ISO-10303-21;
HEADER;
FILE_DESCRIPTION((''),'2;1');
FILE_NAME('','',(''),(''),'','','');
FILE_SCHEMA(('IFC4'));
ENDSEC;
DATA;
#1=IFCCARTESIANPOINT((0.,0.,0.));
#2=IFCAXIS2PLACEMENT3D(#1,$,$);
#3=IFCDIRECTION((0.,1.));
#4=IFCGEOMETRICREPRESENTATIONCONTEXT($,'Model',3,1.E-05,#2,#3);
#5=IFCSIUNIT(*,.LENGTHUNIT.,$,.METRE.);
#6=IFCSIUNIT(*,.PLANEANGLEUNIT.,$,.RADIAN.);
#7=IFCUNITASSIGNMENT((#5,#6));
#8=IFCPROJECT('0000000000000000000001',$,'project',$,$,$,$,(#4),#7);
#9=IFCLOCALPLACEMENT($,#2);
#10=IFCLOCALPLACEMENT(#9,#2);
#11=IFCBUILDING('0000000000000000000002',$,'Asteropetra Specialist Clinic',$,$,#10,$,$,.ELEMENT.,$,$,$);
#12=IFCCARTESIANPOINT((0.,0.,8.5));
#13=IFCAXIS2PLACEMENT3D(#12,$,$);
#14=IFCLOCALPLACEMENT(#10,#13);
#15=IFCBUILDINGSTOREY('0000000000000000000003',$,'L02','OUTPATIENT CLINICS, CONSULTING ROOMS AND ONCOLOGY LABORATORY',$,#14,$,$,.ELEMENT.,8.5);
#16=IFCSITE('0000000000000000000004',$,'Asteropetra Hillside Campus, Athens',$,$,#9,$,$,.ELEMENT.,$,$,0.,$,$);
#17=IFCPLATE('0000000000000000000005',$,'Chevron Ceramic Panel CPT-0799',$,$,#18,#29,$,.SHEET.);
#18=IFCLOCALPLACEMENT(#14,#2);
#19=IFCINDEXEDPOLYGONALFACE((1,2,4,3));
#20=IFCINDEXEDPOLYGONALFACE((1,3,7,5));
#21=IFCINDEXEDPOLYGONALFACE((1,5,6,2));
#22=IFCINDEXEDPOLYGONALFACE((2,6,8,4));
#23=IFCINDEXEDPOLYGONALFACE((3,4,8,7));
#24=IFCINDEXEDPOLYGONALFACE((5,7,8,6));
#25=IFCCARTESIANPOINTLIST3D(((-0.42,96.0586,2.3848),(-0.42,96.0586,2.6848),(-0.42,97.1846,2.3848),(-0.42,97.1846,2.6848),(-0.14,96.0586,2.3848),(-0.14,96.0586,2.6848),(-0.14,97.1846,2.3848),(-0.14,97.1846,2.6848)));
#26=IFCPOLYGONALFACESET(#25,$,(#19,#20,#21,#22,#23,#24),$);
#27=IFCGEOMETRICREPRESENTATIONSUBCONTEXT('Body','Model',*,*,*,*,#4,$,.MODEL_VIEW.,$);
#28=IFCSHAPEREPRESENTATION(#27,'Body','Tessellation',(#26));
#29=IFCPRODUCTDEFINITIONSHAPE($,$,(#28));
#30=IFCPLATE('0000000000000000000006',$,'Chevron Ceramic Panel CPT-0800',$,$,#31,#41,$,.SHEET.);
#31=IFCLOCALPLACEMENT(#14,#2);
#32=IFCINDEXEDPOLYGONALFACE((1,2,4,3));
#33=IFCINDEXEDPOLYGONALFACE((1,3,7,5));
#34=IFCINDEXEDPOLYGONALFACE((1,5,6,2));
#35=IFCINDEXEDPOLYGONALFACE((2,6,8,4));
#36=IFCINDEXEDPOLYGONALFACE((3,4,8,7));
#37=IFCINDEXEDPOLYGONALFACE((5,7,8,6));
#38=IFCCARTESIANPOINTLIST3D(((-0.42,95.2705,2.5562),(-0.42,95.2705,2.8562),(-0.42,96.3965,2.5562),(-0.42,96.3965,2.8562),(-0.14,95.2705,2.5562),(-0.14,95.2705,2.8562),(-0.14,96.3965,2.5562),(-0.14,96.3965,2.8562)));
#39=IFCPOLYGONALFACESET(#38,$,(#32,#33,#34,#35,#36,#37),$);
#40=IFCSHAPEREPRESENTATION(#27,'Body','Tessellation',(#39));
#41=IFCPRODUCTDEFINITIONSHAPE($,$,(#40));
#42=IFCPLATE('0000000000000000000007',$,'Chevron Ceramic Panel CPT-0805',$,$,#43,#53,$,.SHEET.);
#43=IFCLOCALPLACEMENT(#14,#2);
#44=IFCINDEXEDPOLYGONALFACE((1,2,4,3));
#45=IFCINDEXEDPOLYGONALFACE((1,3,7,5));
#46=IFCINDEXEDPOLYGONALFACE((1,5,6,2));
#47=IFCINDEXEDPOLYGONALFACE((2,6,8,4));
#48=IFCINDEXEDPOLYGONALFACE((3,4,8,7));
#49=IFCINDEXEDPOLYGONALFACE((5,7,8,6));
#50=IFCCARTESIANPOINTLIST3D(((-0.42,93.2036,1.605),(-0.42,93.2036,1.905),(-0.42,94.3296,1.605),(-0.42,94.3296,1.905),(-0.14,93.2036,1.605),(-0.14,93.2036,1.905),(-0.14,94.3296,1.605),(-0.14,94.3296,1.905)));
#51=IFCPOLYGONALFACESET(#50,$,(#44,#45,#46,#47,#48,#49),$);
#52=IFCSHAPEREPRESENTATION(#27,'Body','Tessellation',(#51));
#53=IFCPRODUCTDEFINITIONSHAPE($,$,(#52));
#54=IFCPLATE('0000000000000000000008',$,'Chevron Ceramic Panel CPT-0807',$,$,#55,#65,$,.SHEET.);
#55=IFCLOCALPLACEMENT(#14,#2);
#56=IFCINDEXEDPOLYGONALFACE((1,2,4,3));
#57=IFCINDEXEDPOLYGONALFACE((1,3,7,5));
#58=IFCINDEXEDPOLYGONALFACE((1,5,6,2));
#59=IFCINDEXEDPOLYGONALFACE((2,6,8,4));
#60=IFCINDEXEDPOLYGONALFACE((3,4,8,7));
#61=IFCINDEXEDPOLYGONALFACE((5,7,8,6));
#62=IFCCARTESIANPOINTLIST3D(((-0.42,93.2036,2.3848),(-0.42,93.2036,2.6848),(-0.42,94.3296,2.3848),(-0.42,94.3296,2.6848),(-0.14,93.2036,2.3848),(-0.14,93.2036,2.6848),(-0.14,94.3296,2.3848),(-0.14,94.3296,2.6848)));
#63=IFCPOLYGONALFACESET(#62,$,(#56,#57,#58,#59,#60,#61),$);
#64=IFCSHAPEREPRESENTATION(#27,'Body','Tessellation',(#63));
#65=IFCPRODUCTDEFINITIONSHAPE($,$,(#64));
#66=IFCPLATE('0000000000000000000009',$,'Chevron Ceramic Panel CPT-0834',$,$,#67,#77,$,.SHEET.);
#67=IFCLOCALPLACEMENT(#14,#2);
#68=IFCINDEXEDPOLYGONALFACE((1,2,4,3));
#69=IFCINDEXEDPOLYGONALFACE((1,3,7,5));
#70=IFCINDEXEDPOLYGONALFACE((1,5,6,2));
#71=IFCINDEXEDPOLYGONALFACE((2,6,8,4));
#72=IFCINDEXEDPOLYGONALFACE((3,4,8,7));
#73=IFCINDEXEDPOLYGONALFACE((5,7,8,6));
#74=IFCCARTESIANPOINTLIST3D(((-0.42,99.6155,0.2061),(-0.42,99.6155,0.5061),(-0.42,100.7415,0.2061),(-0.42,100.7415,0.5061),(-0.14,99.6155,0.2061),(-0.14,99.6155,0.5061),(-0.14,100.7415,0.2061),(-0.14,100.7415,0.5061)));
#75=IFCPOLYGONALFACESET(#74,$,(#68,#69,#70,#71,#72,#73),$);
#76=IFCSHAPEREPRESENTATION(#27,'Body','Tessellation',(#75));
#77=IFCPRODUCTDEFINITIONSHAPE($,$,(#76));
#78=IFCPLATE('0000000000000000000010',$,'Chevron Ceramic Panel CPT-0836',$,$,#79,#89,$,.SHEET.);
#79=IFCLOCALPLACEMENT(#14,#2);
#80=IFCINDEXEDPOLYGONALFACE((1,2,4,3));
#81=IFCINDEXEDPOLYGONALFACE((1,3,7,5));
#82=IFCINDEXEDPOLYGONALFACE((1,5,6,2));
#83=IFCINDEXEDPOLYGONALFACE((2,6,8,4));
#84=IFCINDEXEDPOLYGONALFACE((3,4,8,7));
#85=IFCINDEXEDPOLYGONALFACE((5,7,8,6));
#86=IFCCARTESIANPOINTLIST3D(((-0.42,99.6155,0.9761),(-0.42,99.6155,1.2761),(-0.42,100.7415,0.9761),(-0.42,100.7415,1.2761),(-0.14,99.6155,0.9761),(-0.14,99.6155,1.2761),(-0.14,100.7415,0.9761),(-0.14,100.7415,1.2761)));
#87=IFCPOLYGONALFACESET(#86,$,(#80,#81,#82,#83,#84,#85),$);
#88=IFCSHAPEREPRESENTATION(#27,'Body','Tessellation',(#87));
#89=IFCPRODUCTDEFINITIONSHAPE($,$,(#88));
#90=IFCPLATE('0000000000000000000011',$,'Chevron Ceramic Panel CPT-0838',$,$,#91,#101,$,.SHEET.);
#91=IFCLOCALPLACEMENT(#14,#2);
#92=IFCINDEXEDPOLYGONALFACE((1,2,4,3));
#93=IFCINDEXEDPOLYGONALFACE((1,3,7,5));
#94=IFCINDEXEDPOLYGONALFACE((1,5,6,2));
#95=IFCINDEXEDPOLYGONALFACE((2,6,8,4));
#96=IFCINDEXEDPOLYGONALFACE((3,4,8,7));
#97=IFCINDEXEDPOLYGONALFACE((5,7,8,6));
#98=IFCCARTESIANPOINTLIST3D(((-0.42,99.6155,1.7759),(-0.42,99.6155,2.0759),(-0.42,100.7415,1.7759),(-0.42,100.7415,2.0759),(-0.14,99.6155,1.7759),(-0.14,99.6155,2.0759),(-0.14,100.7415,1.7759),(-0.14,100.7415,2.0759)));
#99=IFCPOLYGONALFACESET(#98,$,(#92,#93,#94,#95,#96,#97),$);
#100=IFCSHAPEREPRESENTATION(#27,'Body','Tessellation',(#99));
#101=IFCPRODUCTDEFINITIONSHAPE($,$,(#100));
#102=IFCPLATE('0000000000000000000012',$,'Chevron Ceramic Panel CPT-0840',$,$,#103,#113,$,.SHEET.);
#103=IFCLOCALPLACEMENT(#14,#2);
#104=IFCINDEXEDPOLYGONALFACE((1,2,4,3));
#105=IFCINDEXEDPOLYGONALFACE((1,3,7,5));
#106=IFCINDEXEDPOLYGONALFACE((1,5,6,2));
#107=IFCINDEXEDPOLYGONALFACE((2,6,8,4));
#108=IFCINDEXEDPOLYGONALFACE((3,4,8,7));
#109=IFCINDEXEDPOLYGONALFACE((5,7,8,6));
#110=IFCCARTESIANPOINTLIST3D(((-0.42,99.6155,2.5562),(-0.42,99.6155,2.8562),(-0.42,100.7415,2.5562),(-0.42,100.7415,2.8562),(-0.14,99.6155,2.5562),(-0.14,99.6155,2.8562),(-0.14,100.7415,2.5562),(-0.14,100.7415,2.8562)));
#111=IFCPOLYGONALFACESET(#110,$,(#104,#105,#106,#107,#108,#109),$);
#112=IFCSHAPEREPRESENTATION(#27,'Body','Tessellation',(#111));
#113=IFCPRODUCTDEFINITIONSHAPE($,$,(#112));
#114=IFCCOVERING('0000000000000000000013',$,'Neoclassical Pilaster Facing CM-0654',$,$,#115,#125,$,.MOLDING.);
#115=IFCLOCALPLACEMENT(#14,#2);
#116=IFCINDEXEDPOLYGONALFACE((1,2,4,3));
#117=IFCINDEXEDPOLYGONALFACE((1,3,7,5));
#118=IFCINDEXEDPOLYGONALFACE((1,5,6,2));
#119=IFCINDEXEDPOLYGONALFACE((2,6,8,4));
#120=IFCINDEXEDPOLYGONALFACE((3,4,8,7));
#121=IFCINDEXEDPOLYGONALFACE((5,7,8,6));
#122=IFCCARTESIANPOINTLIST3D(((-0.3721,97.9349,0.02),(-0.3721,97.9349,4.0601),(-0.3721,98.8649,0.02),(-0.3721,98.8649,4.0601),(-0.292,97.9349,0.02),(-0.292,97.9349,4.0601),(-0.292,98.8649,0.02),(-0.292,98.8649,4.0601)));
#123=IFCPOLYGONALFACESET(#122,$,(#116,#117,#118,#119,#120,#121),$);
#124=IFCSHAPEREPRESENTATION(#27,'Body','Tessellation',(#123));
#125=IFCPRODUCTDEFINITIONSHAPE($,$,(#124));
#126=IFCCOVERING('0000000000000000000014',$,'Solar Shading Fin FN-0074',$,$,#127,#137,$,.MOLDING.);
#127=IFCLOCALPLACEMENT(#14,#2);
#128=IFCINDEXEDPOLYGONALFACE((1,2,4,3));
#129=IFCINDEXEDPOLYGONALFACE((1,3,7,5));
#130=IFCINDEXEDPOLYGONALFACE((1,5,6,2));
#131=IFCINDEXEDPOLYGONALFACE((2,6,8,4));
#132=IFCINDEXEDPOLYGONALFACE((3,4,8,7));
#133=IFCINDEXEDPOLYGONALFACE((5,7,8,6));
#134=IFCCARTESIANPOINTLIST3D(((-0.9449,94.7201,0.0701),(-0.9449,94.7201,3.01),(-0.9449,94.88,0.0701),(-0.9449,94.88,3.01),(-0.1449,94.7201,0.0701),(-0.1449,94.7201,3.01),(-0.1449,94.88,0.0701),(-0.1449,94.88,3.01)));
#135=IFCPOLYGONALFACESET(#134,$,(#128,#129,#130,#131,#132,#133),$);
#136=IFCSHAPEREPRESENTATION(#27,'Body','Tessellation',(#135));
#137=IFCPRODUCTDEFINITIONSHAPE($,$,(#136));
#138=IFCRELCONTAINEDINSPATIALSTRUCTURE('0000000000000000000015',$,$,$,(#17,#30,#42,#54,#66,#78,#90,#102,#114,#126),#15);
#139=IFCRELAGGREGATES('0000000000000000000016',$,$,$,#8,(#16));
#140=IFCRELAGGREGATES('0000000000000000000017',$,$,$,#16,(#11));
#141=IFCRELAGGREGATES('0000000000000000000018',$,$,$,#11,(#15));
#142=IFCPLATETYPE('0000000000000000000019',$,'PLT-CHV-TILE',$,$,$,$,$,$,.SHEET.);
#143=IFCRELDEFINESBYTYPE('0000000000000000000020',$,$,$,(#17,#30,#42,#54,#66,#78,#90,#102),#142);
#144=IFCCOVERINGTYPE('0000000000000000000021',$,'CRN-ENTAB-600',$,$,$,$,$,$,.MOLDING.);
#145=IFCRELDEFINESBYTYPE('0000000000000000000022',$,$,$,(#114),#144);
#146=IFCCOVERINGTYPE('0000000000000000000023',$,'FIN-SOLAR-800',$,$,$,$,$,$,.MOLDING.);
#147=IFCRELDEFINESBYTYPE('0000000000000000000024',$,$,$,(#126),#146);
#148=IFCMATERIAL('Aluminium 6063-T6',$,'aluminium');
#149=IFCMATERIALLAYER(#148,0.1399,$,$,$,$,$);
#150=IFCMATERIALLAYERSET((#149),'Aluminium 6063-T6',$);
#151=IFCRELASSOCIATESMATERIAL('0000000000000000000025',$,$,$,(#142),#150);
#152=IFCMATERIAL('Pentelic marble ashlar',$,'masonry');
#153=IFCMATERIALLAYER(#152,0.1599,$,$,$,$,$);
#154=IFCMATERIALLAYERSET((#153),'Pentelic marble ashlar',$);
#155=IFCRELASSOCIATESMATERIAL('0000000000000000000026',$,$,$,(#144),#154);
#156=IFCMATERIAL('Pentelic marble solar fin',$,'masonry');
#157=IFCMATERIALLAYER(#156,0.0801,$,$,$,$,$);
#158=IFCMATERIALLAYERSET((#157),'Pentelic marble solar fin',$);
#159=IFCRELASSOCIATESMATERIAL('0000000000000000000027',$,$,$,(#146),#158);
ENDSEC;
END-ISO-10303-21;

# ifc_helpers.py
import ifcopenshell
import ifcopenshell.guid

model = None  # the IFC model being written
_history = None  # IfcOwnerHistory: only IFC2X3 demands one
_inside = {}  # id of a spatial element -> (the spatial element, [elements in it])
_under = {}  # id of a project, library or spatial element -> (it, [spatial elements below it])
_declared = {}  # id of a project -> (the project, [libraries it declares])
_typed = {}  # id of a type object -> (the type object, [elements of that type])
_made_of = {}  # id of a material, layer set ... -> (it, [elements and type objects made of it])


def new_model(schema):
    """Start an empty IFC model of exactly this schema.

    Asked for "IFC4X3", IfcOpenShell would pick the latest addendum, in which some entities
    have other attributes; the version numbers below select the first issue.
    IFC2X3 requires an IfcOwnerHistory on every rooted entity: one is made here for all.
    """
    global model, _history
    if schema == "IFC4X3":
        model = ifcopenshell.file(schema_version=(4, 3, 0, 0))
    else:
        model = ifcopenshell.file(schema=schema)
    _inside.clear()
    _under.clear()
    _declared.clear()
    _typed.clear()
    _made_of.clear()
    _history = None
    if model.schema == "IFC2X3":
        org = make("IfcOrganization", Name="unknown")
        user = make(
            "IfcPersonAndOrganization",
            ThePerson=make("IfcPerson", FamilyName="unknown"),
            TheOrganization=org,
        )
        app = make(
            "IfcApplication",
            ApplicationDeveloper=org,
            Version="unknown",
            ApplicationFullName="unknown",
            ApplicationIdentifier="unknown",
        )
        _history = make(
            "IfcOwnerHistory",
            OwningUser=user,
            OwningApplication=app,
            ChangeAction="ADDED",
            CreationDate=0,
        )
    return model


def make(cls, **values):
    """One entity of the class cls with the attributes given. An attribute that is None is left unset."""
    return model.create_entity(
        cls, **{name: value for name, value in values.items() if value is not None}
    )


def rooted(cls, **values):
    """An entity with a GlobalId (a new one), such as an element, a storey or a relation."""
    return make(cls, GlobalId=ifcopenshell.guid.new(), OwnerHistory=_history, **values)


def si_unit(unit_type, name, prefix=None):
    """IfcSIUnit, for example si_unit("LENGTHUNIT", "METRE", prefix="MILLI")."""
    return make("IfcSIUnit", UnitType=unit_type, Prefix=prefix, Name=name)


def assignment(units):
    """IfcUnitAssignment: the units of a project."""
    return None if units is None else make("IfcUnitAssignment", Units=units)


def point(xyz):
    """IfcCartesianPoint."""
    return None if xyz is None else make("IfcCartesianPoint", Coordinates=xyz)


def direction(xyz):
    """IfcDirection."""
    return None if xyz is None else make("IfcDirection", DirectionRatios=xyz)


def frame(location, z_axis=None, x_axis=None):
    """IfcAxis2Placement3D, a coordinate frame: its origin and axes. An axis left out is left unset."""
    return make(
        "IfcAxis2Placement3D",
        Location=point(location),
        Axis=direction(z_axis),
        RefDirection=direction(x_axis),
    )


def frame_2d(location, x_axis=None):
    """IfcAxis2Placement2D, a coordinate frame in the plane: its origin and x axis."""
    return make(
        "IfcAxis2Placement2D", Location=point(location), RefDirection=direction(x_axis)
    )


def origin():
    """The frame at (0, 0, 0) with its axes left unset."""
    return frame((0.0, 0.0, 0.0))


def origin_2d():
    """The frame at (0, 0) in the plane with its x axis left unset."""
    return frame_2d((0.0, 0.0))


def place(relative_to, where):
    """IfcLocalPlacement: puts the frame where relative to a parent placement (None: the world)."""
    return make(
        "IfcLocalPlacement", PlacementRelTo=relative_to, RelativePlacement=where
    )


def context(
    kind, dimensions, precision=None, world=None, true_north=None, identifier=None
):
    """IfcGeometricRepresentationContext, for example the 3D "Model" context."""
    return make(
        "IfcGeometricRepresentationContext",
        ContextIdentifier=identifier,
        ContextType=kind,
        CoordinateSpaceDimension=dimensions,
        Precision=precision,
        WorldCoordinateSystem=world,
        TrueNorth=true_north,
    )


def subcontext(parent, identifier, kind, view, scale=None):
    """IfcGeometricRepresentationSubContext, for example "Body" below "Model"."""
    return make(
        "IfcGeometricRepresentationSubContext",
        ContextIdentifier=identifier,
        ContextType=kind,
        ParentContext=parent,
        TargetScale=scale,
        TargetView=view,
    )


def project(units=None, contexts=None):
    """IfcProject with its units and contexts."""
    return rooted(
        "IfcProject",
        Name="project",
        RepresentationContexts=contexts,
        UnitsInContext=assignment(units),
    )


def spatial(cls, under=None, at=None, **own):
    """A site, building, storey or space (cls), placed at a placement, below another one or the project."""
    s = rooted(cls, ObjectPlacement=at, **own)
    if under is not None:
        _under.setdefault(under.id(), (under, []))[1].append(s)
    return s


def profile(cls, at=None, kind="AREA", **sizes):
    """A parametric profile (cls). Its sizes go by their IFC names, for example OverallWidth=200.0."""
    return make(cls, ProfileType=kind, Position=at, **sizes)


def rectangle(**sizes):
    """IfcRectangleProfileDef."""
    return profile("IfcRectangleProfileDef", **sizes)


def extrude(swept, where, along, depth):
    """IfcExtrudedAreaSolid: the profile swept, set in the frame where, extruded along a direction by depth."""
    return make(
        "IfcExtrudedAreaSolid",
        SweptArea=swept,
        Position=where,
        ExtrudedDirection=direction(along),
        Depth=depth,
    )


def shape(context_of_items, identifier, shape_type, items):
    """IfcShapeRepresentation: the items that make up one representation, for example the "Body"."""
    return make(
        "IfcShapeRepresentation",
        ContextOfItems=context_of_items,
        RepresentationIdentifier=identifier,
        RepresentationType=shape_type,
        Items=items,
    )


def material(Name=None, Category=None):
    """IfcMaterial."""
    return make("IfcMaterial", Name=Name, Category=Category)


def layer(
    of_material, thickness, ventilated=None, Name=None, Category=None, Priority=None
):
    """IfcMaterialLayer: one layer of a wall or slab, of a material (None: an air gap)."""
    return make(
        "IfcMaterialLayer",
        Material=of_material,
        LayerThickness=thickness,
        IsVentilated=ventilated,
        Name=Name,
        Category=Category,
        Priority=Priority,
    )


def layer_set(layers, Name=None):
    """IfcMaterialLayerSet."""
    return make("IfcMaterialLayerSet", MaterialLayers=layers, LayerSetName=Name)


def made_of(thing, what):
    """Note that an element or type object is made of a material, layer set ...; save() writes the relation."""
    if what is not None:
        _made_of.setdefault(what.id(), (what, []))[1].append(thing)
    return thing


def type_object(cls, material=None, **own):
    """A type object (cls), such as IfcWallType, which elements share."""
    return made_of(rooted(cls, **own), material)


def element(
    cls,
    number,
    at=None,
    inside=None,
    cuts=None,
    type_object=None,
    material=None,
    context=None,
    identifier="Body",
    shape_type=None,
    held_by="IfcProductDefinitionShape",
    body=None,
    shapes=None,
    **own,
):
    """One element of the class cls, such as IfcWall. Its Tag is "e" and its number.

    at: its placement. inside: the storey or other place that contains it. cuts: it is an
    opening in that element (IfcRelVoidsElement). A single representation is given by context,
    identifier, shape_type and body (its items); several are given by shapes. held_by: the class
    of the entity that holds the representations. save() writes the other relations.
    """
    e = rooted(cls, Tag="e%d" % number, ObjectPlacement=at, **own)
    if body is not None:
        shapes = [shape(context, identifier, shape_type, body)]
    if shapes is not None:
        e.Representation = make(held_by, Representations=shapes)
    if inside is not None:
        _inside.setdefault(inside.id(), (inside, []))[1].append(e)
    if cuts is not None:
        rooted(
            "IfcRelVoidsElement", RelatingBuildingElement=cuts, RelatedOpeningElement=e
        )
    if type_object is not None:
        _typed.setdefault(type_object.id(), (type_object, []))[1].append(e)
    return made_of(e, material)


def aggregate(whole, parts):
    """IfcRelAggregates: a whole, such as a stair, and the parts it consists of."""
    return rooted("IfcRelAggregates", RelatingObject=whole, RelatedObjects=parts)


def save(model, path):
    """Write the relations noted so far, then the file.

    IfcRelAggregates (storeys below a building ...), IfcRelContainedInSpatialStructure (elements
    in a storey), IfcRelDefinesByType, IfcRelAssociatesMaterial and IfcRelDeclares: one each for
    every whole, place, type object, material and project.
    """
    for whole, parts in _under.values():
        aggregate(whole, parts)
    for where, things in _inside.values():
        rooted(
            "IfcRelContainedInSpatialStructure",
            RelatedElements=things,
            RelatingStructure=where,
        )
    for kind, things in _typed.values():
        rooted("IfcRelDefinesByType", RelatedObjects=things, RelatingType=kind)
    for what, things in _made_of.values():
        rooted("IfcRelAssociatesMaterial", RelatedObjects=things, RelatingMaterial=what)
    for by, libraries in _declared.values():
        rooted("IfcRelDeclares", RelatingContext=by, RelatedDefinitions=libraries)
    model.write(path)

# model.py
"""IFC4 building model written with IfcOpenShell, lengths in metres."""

from ifc_helpers import new_model, si_unit, direction, frame, origin, origin_2d, place, context, subcontext, project, spatial, rectangle, extrude, material, layer, layer_set, type_object, element, save


model = new_model("IFC4")

# Units and contexts
model_context = context("Model", 3, precision=1e-05, world=origin(), true_north=direction((0.0, 1.0)))
body_context = subcontext(model_context, "Body", "Model", "MODEL_VIEW")
ifc_project = project(units=[si_unit("LENGTHUNIT", "METRE"), si_unit("PLANEANGLEUNIT", "RADIAN")], contexts=[model_context])

# Site, building, storey
site_placement = place(None, origin())
site = spatial("IfcSite", under=ifc_project, at=site_placement, Name="Asteropetra Hillside Campus, Athens", CompositionType="ELEMENT", RefElevation=0.0)
building_placement = place(site_placement, origin())
building = spatial("IfcBuilding", under=site, at=building_placement, Name="Asteropetra Specialist Clinic", CompositionType="ELEMENT")
storey_placement = place(building_placement, frame((0.0, 0.0, 8.5)))
storey = spatial("IfcBuildingStorey", under=building, at=storey_placement, Name="L02", Description="OUTPATIENT CLINICS, CONSULTING ROOMS AND ONCOLOGY LABORATORY", CompositionType="ELEMENT", Elevation=8.5)

# Plates
ifc_material_1 = material(Name="Aluminium 6063-T6", Category="aluminium")
ifc_layer_1 = layer(ifc_material_1, 0.1399)
ifc_layer_set_1 = layer_set([ifc_layer_1], Name="Aluminium 6063-T6")
plate_type_1 = type_object("IfcPlateType", Name="PLT-CHV-TILE", PredefinedType="SHEET", material=ifc_layer_set_1)
for number, where, z_axis, x_axis, name in (
    (1, (-0.28, 96.6216, 2.3848), (0.0, 0.0, 1.0), (1.0, 0.0, 0.0), "Chevron Ceramic Panel CPT-0799"),
    (2, (-0.28, 95.8335, 2.5562), (0.0, 0.0, 1.0), (1.0, 0.0, 0.0), "Chevron Ceramic Panel CPT-0800"),
    (3, (-0.28, 93.7666, 1.605), (0.0, 0.0, 1.0), (1.0, 0.0, 0.0), "Chevron Ceramic Panel CPT-0805"),
    (4, (-0.28, 93.7666, 2.3848), (0.0, 0.0, 1.0), (1.0, 0.0, 0.0), "Chevron Ceramic Panel CPT-0807"),
    (5, (-0.28, 100.1785, 0.2061), (0.0, 0.0, 1.0), (1.0, 0.0, 0.0), "Chevron Ceramic Panel CPT-0834"),
    (6, (-0.28, 100.1785, 0.9761), (0.0, 0.0, 1.0), (1.0, 0.0, 0.0), "Chevron Ceramic Panel CPT-0836"),
    (7, (-0.28, 100.1785, 1.7759), (0.0, 0.0, 1.0), (1.0, 0.0, 0.0), "Chevron Ceramic Panel CPT-0838"),
    (8, (-0.28, 100.1785, 2.5562), (0.0, 0.0, 1.0), (1.0, 0.0, 0.0), "Chevron Ceramic Panel CPT-0840"),
):
    element("IfcPlate", number, at=place(storey_placement, frame(where, z_axis=z_axis, x_axis=x_axis)), inside=storey, type_object=plate_type_1, Name=name, PredefinedType="SHEET", context=body_context, shape_type="SweptSolid", body=[
        extrude(rectangle(XDim=0.28, YDim=1.126, at=origin_2d()), origin(), (0.0, 0.0, 1.0), 0.3),
    ])

# Coverings
ifc_material_2 = material(Name="Pentelic marble ashlar", Category="masonry")
ifc_layer_2 = layer(ifc_material_2, 0.1599)
ifc_layer_set_2 = layer_set([ifc_layer_2], Name="Pentelic marble ashlar")
covering_type_1 = type_object("IfcCoveringType", Name="CRN-ENTAB-600", PredefinedType="MOLDING", material=ifc_layer_set_2)
covering_1_placement = place(storey_placement, frame((-0.332, 98.3999, 0.02), z_axis=(0.0, 0.0, 1.0), x_axis=(1.0, 0.0, 0.0)))
element("IfcCovering", 9, at=covering_1_placement, inside=storey, type_object=covering_type_1, Name="Neoclassical Pilaster Facing CM-0654", PredefinedType="MOLDING", context=body_context, shape_type="SweptSolid", body=[
    extrude(rectangle(XDim=0.0801, YDim=0.9299, at=origin_2d()), origin(), (0.0, 0.0, 1.0), 4.04),
])
ifc_material_3 = material(Name="Pentelic marble solar fin", Category="masonry")
ifc_layer_3 = layer(ifc_material_3, 0.0801)
ifc_layer_set_3 = layer_set([ifc_layer_3], Name="Pentelic marble solar fin")
covering_type_2 = type_object("IfcCoveringType", Name="FIN-SOLAR-800", PredefinedType="MOLDING", material=ifc_layer_set_3)
covering_2_placement = place(storey_placement, frame((-0.5449, 94.8, 0.0701), z_axis=(0.0, 0.0, 1.0), x_axis=(1.0, 0.0, 0.0)))
element("IfcCovering", 10, at=covering_2_placement, inside=storey, type_object=covering_type_2, Name="Solar Shading Fin FN-0074", PredefinedType="MOLDING", context=body_context, shape_type="SweptSolid", body=[
    extrude(rectangle(XDim=0.8, YDim=0.1599, at=origin_2d()), origin(), (0.0, 0.0, 1.0), 2.9399),
])

save(model, "model.ifc")
